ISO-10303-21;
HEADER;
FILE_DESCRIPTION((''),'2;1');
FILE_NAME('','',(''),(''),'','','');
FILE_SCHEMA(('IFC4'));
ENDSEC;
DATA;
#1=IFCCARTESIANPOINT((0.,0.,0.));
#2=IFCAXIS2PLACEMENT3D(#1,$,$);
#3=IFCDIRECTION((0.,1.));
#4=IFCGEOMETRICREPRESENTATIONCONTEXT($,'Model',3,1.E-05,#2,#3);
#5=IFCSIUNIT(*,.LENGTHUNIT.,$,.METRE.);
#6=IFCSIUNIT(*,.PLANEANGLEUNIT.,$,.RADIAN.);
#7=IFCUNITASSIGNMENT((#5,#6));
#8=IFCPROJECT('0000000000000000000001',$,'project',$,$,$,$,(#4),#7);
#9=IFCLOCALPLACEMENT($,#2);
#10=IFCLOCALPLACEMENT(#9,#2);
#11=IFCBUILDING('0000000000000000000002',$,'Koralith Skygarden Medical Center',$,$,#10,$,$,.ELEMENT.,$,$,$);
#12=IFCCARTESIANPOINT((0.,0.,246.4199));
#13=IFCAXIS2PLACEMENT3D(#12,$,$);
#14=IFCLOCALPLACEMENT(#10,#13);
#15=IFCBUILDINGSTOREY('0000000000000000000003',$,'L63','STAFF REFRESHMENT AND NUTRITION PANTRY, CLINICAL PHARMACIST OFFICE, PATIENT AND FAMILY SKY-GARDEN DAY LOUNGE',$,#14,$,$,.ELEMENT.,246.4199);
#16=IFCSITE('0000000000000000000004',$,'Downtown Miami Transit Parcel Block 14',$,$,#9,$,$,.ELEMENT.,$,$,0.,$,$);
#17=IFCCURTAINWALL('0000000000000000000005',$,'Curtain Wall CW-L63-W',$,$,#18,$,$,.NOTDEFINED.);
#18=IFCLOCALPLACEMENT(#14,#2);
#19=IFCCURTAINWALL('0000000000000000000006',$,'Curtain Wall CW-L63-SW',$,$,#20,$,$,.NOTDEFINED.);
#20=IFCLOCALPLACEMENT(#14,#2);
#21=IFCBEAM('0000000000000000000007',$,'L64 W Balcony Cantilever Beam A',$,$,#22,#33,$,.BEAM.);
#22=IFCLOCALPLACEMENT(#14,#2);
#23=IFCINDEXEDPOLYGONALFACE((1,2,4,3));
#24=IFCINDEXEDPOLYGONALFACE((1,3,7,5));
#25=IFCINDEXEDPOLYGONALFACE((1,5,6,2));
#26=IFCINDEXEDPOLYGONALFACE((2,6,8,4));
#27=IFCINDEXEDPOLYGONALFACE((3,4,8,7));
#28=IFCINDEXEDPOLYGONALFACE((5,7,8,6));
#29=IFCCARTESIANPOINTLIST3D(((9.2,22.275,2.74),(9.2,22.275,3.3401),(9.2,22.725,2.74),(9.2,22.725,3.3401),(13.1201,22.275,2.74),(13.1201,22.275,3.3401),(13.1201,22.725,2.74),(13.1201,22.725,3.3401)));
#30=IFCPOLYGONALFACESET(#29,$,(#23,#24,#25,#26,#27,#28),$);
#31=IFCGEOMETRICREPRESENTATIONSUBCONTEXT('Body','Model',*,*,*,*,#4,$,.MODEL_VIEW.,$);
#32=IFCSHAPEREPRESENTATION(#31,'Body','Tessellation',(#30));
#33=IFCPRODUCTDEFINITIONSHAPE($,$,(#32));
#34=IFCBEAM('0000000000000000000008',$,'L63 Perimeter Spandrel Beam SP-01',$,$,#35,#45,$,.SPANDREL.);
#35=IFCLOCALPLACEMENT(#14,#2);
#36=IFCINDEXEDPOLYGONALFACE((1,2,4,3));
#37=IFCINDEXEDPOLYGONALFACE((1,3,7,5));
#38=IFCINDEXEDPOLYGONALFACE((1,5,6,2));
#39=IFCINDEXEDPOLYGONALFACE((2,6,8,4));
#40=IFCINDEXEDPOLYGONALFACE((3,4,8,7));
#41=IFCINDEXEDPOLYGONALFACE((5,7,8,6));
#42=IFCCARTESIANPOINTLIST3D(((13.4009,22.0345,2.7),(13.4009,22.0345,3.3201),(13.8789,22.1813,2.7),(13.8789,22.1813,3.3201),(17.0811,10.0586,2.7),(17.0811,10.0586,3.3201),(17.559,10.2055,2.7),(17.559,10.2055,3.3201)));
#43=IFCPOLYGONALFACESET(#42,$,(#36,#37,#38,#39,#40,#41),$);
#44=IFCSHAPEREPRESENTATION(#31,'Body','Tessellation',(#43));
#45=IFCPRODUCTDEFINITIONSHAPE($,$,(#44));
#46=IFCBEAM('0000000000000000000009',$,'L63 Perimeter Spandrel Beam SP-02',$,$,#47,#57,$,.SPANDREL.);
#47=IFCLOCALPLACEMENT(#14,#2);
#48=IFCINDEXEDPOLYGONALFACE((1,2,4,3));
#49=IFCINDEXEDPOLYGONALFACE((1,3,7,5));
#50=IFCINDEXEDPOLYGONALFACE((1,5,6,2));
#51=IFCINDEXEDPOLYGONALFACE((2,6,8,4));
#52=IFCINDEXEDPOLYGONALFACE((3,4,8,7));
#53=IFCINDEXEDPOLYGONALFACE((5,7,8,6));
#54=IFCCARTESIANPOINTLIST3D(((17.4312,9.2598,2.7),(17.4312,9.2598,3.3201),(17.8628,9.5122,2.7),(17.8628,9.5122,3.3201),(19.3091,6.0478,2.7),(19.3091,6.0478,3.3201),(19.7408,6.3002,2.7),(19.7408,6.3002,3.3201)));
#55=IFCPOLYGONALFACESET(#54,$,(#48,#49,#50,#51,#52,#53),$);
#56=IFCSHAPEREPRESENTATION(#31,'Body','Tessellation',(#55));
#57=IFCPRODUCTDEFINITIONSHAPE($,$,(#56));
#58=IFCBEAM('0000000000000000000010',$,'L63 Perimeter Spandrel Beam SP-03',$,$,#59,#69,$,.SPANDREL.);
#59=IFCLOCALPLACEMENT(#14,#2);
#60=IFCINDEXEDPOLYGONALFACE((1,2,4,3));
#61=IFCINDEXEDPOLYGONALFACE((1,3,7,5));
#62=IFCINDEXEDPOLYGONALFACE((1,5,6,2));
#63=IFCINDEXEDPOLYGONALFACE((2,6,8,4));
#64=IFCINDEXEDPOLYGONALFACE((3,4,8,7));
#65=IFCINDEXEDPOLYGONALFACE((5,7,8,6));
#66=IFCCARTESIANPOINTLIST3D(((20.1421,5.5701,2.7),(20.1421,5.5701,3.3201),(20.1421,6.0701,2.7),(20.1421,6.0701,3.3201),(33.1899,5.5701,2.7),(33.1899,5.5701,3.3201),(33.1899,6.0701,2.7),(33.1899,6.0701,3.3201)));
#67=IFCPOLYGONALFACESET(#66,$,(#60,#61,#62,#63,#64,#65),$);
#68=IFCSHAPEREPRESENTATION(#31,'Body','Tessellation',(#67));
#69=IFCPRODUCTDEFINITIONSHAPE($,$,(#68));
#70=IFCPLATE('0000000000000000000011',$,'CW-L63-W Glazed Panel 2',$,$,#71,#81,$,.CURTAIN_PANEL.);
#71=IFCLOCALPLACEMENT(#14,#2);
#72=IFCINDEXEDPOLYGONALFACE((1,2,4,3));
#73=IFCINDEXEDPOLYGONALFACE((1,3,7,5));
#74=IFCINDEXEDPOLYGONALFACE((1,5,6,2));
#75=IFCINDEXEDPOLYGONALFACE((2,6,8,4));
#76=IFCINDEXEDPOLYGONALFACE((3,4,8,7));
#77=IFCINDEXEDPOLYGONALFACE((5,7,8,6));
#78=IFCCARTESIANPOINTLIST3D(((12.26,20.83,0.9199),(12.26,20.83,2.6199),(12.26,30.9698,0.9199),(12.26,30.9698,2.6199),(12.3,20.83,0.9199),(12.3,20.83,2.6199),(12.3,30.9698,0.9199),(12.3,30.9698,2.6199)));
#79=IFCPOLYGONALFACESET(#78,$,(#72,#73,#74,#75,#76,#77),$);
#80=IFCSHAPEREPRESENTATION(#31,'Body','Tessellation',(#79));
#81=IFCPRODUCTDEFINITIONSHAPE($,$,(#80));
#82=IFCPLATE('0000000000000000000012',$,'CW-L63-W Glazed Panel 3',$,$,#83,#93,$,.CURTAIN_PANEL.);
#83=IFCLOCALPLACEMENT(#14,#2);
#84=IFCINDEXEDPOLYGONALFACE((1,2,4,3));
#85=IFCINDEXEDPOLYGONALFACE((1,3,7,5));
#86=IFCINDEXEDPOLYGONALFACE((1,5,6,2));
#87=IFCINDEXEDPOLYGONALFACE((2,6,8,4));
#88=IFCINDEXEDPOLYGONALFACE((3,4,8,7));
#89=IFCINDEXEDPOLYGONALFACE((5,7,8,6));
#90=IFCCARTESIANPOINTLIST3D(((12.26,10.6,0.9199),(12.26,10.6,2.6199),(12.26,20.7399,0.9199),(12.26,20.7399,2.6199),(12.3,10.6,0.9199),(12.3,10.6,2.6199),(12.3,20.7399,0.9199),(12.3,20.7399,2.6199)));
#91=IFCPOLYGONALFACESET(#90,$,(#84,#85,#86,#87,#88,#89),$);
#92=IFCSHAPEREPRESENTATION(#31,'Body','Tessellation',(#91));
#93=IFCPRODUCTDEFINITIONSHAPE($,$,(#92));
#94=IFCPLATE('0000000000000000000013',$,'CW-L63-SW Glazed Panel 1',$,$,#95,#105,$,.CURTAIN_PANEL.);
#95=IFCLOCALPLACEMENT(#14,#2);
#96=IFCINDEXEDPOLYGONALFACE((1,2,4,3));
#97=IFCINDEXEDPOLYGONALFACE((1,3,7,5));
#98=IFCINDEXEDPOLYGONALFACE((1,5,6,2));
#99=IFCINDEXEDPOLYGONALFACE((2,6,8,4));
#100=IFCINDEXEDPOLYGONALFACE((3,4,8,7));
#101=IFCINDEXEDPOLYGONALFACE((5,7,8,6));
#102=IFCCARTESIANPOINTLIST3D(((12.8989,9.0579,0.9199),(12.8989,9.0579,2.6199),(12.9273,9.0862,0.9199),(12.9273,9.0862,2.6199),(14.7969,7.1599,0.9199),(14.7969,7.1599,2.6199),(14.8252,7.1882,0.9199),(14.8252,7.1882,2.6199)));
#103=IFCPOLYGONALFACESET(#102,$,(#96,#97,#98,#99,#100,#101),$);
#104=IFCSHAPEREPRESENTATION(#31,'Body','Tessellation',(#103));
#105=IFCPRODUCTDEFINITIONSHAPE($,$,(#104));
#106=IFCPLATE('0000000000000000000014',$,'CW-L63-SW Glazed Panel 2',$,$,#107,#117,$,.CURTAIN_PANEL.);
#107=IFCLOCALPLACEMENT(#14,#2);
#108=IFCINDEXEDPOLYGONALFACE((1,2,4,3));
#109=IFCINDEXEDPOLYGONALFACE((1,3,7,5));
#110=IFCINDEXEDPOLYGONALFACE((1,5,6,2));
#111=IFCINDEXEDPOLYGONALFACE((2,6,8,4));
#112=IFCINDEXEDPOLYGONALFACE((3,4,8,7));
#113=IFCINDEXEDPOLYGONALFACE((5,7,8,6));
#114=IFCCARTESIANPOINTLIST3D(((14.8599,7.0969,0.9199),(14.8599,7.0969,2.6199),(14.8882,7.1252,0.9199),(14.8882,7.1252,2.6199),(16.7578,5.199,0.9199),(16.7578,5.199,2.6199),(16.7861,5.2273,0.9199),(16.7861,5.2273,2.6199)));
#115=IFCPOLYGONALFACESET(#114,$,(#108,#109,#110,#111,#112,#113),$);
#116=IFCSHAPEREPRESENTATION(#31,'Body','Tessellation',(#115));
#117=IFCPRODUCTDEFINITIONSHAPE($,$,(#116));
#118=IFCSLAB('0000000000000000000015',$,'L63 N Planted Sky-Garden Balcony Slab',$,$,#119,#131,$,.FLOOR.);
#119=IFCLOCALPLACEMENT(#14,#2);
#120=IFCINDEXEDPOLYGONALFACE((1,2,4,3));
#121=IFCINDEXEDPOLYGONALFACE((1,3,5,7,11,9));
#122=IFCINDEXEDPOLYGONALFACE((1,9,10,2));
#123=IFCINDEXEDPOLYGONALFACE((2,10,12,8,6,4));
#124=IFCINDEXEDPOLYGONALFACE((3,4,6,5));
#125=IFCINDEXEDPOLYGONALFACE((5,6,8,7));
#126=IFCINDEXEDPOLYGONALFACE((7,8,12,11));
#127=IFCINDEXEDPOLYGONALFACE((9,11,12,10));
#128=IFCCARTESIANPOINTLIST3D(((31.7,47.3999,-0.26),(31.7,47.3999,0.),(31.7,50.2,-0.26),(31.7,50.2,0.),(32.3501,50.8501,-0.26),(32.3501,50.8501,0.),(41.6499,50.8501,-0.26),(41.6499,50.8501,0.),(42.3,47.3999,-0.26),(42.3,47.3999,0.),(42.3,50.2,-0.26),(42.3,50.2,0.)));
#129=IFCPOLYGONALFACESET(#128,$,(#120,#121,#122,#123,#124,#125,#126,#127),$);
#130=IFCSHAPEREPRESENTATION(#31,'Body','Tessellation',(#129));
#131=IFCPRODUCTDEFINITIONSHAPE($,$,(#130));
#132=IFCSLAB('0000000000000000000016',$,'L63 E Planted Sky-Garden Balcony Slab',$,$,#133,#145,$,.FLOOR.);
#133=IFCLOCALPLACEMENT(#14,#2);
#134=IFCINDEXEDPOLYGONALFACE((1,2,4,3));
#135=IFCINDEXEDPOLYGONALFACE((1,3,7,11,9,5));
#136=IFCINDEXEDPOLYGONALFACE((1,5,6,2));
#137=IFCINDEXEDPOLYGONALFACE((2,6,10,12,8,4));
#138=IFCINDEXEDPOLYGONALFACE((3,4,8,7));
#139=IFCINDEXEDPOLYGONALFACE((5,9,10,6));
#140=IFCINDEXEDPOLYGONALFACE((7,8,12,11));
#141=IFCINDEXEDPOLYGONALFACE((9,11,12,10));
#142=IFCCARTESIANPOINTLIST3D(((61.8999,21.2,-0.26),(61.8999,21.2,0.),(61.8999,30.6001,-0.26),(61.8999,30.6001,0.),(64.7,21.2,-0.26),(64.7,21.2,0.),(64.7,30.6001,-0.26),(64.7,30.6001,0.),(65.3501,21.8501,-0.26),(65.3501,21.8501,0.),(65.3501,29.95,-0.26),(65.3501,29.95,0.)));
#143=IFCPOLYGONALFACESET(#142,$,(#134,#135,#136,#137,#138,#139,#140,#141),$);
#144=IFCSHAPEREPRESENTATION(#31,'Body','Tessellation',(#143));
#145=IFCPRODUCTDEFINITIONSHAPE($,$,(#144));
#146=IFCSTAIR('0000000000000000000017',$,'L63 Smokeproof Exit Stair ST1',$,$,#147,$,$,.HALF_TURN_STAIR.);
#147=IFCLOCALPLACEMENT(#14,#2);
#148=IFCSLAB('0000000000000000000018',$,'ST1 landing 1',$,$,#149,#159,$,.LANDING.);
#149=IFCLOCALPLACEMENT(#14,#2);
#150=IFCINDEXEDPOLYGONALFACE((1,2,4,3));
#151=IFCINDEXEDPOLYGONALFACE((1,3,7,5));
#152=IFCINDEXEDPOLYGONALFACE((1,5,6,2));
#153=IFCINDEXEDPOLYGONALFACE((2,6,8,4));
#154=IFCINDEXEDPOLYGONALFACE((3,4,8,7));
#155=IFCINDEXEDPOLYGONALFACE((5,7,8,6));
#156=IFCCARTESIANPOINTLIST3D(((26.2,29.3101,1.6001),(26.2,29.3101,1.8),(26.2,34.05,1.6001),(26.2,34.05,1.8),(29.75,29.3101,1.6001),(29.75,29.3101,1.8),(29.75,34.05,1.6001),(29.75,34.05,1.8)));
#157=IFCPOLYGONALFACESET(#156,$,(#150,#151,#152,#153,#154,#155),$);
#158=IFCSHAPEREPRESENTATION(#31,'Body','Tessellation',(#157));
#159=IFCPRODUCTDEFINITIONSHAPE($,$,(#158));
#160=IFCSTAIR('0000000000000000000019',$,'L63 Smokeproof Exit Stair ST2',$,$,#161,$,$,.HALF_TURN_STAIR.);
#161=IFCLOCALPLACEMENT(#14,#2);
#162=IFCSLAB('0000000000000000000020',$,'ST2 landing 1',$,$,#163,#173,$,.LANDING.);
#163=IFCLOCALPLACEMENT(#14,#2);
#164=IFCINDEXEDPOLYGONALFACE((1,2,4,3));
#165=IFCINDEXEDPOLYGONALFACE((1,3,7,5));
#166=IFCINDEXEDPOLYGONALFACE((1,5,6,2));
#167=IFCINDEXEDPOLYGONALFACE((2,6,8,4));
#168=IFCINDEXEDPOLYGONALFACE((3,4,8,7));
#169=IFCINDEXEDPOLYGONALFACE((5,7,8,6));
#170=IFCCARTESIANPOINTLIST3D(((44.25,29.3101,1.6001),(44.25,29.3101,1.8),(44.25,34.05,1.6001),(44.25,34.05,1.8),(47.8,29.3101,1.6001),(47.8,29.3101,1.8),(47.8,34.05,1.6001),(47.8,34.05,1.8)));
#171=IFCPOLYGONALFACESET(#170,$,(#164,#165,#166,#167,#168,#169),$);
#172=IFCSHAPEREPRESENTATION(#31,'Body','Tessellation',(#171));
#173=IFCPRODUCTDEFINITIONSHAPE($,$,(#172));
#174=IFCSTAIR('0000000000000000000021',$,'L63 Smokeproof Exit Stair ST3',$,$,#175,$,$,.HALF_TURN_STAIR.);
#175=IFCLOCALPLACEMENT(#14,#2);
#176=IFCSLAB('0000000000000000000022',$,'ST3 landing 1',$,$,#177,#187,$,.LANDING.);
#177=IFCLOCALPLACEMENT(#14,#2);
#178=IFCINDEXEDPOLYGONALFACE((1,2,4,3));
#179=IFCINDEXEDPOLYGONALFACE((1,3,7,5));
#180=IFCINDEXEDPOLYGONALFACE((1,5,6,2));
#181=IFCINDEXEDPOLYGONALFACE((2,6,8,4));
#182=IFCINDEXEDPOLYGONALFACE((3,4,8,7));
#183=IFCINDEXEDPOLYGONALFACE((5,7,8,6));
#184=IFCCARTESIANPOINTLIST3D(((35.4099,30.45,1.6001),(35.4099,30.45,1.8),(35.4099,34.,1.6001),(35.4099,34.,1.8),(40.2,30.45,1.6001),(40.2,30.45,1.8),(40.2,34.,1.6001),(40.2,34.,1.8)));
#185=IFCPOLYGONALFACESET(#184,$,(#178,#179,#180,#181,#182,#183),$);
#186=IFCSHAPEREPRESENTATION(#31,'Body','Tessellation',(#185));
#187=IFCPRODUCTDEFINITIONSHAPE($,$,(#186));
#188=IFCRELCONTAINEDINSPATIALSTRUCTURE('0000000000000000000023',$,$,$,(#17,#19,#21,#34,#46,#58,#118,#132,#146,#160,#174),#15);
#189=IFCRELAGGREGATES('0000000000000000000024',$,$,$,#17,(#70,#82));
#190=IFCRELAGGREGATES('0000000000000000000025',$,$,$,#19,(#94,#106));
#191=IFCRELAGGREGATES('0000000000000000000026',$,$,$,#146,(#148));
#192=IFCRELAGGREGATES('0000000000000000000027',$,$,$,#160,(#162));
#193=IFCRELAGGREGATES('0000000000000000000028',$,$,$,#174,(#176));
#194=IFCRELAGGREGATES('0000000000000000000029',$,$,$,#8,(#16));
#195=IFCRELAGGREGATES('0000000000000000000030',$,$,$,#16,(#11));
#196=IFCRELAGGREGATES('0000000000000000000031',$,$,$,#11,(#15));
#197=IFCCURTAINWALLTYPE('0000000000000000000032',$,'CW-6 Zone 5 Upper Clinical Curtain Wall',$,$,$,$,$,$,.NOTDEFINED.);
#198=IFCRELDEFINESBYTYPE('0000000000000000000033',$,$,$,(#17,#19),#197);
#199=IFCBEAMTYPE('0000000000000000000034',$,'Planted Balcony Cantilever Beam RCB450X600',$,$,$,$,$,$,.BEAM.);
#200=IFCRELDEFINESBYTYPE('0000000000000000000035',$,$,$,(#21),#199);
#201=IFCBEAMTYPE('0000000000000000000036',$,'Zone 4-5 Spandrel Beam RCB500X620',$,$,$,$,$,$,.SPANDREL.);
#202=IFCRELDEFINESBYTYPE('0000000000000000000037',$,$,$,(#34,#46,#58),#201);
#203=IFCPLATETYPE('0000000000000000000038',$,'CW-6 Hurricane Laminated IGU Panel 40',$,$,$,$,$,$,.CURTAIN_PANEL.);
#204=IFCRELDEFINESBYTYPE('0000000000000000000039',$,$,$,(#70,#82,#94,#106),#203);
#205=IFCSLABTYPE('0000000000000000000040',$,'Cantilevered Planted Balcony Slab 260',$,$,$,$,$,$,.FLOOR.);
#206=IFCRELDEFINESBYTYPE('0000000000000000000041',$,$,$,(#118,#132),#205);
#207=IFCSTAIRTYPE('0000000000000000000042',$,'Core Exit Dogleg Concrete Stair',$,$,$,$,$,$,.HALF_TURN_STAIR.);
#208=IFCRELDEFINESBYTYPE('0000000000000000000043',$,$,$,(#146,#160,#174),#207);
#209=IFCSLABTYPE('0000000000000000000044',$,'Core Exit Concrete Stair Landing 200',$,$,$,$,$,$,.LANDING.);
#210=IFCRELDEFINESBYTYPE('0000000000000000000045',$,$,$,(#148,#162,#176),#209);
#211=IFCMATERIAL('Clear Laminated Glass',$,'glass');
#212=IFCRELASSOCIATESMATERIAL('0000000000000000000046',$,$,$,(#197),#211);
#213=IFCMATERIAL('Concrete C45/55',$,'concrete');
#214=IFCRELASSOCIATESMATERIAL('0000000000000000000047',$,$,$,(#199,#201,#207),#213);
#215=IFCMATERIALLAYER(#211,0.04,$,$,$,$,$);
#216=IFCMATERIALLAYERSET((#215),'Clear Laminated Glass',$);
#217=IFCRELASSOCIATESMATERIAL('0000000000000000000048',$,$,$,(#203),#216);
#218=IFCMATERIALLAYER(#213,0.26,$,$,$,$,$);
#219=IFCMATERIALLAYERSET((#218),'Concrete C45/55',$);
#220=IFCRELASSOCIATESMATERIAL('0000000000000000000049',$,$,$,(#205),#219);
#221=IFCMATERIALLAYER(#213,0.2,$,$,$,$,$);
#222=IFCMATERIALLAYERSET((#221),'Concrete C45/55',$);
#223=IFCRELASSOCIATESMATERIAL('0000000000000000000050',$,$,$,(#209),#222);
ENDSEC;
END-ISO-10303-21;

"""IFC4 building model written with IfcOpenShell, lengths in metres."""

from ifc_helpers import new_model, si_unit, direction, frame, origin, origin_2d, place, context, subcontext, project, spatial, polyline, rectangle, outline, extrude, material, layer, layer_set, material_profile, profile_set, type_object, element, aggregate, save


model = new_model("IFC4")

# Units and contexts
model_context = context("Model", 3, precision=1e-05, world=origin(), true_north=direction((0.0, 1.0)))
body_context = subcontext(model_context, "Body", "Model", "MODEL_VIEW")
ifc_project = project(units=[si_unit("LENGTHUNIT", "METRE"), si_unit("PLANEANGLEUNIT", "RADIAN")], contexts=[model_context])

# Site, building, storey
site_placement = place(None, origin())
site = spatial("IfcSite", under=ifc_project, at=site_placement, Name="Downtown Miami Transit Parcel Block 14", CompositionType="ELEMENT", RefElevation=0.0)
building_placement = place(site_placement, origin())
building = spatial("IfcBuilding", under=site, at=building_placement, Name="Koralith Skygarden Medical Center", CompositionType="ELEMENT")
storey_placement = place(building_placement, frame((0.0, 0.0, 246.4199)))
storey = spatial("IfcBuildingStorey", under=building, at=storey_placement, Name="L63", Description="STAFF REFRESHMENT AND NUTRITION PANTRY, CLINICAL PHARMACIST OFFICE, PATIENT AND FAMILY SKY-GARDEN DAY LOUNGE", CompositionType="ELEMENT", Elevation=246.4199)

# Shared definitions
ifc_material_1 = material(Name="Clear Laminated Glass", Category="glass")
curtain_wall_type = type_object("IfcCurtainWallType", Name="CW-6 Zone 5 Upper Clinical Curtain Wall", PredefinedType="NOTDEFINED", material=ifc_material_1)

# Curtain walls
curtain_wall_1_placement = place(storey_placement, origin())
curtain_wall_1 = element("IfcCurtainWall", 1, at=curtain_wall_1_placement, inside=storey, type_object=curtain_wall_type, Name="Curtain Wall CW-L63-W", PredefinedType="NOTDEFINED")
curtain_wall_2_placement = place(storey_placement, origin())
curtain_wall_2 = element("IfcCurtainWall", 2, at=curtain_wall_2_placement, inside=storey, type_object=curtain_wall_type, Name="Curtain Wall CW-L63-SW", PredefinedType="NOTDEFINED")

# Beams
ifc_material_2 = material(Name="Concrete C45/55", Category="concrete")
ifc_material_profile_1 = material_profile(ifc_material_2, rectangle(XDim=0.45, YDim=0.6001, at=origin_2d()), Name="RCB450X600")
ifc_profile_set_1 = profile_set([ifc_material_profile_1], Name="Concrete C45/55")
beam_type_1 = type_object("IfcBeamType", Name="Planted Balcony Cantilever Beam RCB450X600", PredefinedType="BEAM", material=ifc_profile_set_1)
beam_1_placement = place(storey_placement, frame((13.1201, 22.5, 3.04), z_axis=(-1.0, 0.0, 0.0), x_axis=(0.0, -1.0, 0.0)))
element("IfcBeam", 3, at=beam_1_placement, inside=storey, type_object=beam_type_1, Name="L64 W Balcony Cantilever Beam A", PredefinedType="BEAM", context=body_context, shape_type="SweptSolid", body=[
    extrude(rectangle(XDim=0.45, YDim=0.6001, at=origin_2d()), origin(), (0.0, 0.0, 1.0), 3.9202),
])
ifc_material_profile_2 = material_profile(ifc_material_2, rectangle(XDim=0.5, YDim=0.6201, at=origin_2d()), Name="RCB500X620")
ifc_profile_set_2 = profile_set([ifc_material_profile_2], Name="Concrete C45/55")
beam_type_2 = type_object("IfcBeamType", Name="Zone 4-5 Spandrel Beam RCB500X620", PredefinedType="SPANDREL", material=ifc_profile_set_2)
beam_2_placement = place(storey_placement, frame((13.6399, 22.1079, 3.01), z_axis=(0.293743, -0.955884, 0.0), x_axis=(0.955884, 0.293743, 0.0)))
element("IfcBeam", 4, at=beam_2_placement, inside=storey, type_object=beam_type_2, Name="L63 Perimeter Spandrel Beam SP-01", PredefinedType="SPANDREL", context=body_context, shape_type="SweptSolid", body=[
    extrude(rectangle(XDim=0.5, YDim=0.6201, at=origin_2d()), origin(), (0.0, 0.0, 1.0), 12.5286),
])
beam_3_placement = place(storey_placement, frame((17.647, 9.386, 3.01), z_axis=(0.504736, -0.863274, 0.0), x_axis=(0.863274, 0.504736, 0.0)))
element("IfcBeam", 5, at=beam_3_placement, inside=storey, type_object=beam_type_2, Name="L63 Perimeter Spandrel Beam SP-02", PredefinedType="SPANDREL", context=body_context, shape_type="SweptSolid", body=[
    extrude(rectangle(XDim=0.5, YDim=0.6201, at=origin_2d()), origin(), (0.0, 0.0, 1.0), 3.7207),
])
beam_4_placement = place(storey_placement, frame((20.1421, 5.8201, 3.01), z_axis=(1.0, 0.0, 0.0), x_axis=(0.0, 1.0, 0.0)))
element("IfcBeam", 6, at=beam_4_placement, inside=storey, type_object=beam_type_2, Name="L63 Perimeter Spandrel Beam SP-03", PredefinedType="SPANDREL", context=body_context, shape_type="SweptSolid", body=[
    extrude(rectangle(XDim=0.5, YDim=0.6201, at=origin_2d()), origin(), (0.0, 0.0, 1.0), 13.0479),
])

# Plates
ifc_layer_1 = layer(ifc_material_1, 0.04)
ifc_layer_set_1 = layer_set([ifc_layer_1], Name="Clear Laminated Glass")
plate_type_1 = type_object("IfcPlateType", Name="CW-6 Hurricane Laminated IGU Panel 40", PredefinedType="CURTAIN_PANEL", material=ifc_layer_set_1)
plate_1_placement = place(storey_placement, frame((12.28, 25.8999, 0.9199), z_axis=(0.0, 0.0, 1.0), x_axis=(0.0, -1.0, 0.0)))
plate_1 = element("IfcPlate", 7, at=plate_1_placement, type_object=plate_type_1, Name="CW-L63-W Glazed Panel 2", PredefinedType="CURTAIN_PANEL", context=body_context, shape_type="SweptSolid", body=[
    extrude(rectangle(XDim=10.1399, YDim=0.04, at=origin_2d()), origin(), (0.0, 0.0, 1.0), 1.7),
])
plate_2_placement = place(storey_placement, frame((12.28, 15.6699, 0.9199), z_axis=(0.0, 0.0, 1.0), x_axis=(0.0, -1.0, 0.0)))
plate_2 = element("IfcPlate", 8, at=plate_2_placement, type_object=plate_type_1, Name="CW-L63-W Glazed Panel 3", PredefinedType="CURTAIN_PANEL", context=body_context, shape_type="SweptSolid", body=[
    extrude(rectangle(XDim=10.1399, YDim=0.04, at=origin_2d()), origin(), (0.0, 0.0, 1.0), 1.7),
])
aggregate(curtain_wall_1, [plate_1, plate_2])
plate_3_placement = place(storey_placement, frame((13.8621, 8.123, 0.9199), z_axis=(0.0, 0.0, 1.0), x_axis=(0.707107, -0.707107, 0.0)))
plate_3 = element("IfcPlate", 9, at=plate_3_placement, type_object=plate_type_1, Name="CW-L63-SW Glazed Panel 1", PredefinedType="CURTAIN_PANEL", context=body_context, shape_type="SweptSolid", body=[
    extrude(rectangle(XDim=2.6841, YDim=0.04, at=origin_2d()), origin(), (0.0, 0.0, 1.0), 1.7),
])
plate_4_placement = place(storey_placement, frame((15.823, 6.1621, 0.9199), z_axis=(0.0, 0.0, 1.0), x_axis=(0.707107, -0.707107, 0.0)))
plate_4 = element("IfcPlate", 10, at=plate_4_placement, type_object=plate_type_1, Name="CW-L63-SW Glazed Panel 2", PredefinedType="CURTAIN_PANEL", context=body_context, shape_type="SweptSolid", body=[
    extrude(rectangle(XDim=2.6841, YDim=0.04, at=origin_2d()), origin(), (0.0, 0.0, 1.0), 1.7),
])
aggregate(curtain_wall_2, [plate_3, plate_4])

# Slabs
ifc_layer_2 = layer(ifc_material_2, 0.26)
ifc_layer_set_2 = layer_set([ifc_layer_2], Name="Concrete C45/55")
slab_type_1 = type_object("IfcSlabType", Name="Cantilevered Planted Balcony Slab 260", PredefinedType="FLOOR", material=ifc_layer_set_2)
slab_1_placement = place(storey_placement, frame((0.0, 0.0, -0.26)))
element("IfcSlab", 11, at=slab_1_placement, inside=storey, type_object=slab_type_1, Name="L63 N Planted Sky-Garden Balcony Slab", PredefinedType="FLOOR", context=body_context, shape_type="SweptSolid", body=[
    extrude(outline(polyline([(31.7, 47.3999), (42.3, 47.3999), (42.3, 50.2), (41.6499, 50.8501), (32.3501, 50.8501), (31.7, 50.2), (31.7, 47.3999)])), origin(), (0.0, 0.0, 1.0), 0.26),
])
slab_2_placement = place(storey_placement, frame((0.0, 0.0, -0.26)))
element("IfcSlab", 12, at=slab_2_placement, inside=storey, type_object=slab_type_1, Name="L63 E Planted Sky-Garden Balcony Slab", PredefinedType="FLOOR", context=body_context, shape_type="SweptSolid", body=[
    extrude(outline(polyline([(61.8999, 21.2), (64.7, 21.2), (65.3501, 21.8501), (65.3501, 29.95), (64.7, 30.6001), (61.8999, 30.6001), (61.8999, 21.2)])), origin(), (0.0, 0.0, 1.0), 0.26),
])

# Stairs, slabs
stair_type = type_object("IfcStairType", Name="Core Exit Dogleg Concrete Stair", PredefinedType="HALF_TURN_STAIR", material=ifc_material_2)
stair_1_placement = place(storey_placement, origin())
stair_1 = element("IfcStair", 13, at=stair_1_placement, inside=storey, type_object=stair_type, Name="L63 Smokeproof Exit Stair ST1", PredefinedType="HALF_TURN_STAIR")
ifc_layer_3 = layer(ifc_material_2, 0.2)
ifc_layer_set_3 = layer_set([ifc_layer_3], Name="Concrete C45/55")
slab_type_2 = type_object("IfcSlabType", Name="Core Exit Concrete Stair Landing 200", PredefinedType="LANDING", material=ifc_layer_set_3)
slab_3_placement = place(storey_placement, frame((0.0, 0.0, 1.6001)))
slab_3 = element("IfcSlab", 14, at=slab_3_placement, type_object=slab_type_2, Name="ST1 landing 1", PredefinedType="LANDING", context=body_context, shape_type="SweptSolid", body=[
    extrude(outline(polyline([(29.75, 29.3101), (29.75, 34.05), (26.2, 34.05), (26.2, 29.3101), (29.75, 29.3101)])), origin(), (0.0, 0.0, 1.0), 0.2),
])
aggregate(stair_1, [slab_3])
stair_2_placement = place(storey_placement, origin())
stair_2 = element("IfcStair", 15, at=stair_2_placement, inside=storey, type_object=stair_type, Name="L63 Smokeproof Exit Stair ST2", PredefinedType="HALF_TURN_STAIR")
slab_4_placement = place(storey_placement, frame((0.0, 0.0, 1.6001)))
slab_4 = element("IfcSlab", 16, at=slab_4_placement, type_object=slab_type_2, Name="ST2 landing 1", PredefinedType="LANDING", context=body_context, shape_type="SweptSolid", body=[
    extrude(outline(polyline([(47.8, 29.3101), (47.8, 34.05), (44.25, 34.05), (44.25, 29.3101), (47.8, 29.3101)])), origin(), (0.0, 0.0, 1.0), 0.2),
])
aggregate(stair_2, [slab_4])
stair_3_placement = place(storey_placement, origin())
stair_3 = element("IfcStair", 17, at=stair_3_placement, inside=storey, type_object=stair_type, Name="L63 Smokeproof Exit Stair ST3", PredefinedType="HALF_TURN_STAIR")
slab_5_placement = place(storey_placement, frame((0.0, 0.0, 1.6001)))
slab_5 = element("IfcSlab", 18, at=slab_5_placement, type_object=slab_type_2, Name="ST3 landing 1", PredefinedType="LANDING", context=body_context, shape_type="SweptSolid", body=[
    extrude(outline(polyline([(35.4099, 30.45), (40.2, 30.45), (40.2, 34.0), (35.4099, 34.0), (35.4099, 30.45)])), origin(), (0.0, 0.0, 1.0), 0.2),
])
aggregate(stair_3, [slab_5])

save(model, "model.ifc")
